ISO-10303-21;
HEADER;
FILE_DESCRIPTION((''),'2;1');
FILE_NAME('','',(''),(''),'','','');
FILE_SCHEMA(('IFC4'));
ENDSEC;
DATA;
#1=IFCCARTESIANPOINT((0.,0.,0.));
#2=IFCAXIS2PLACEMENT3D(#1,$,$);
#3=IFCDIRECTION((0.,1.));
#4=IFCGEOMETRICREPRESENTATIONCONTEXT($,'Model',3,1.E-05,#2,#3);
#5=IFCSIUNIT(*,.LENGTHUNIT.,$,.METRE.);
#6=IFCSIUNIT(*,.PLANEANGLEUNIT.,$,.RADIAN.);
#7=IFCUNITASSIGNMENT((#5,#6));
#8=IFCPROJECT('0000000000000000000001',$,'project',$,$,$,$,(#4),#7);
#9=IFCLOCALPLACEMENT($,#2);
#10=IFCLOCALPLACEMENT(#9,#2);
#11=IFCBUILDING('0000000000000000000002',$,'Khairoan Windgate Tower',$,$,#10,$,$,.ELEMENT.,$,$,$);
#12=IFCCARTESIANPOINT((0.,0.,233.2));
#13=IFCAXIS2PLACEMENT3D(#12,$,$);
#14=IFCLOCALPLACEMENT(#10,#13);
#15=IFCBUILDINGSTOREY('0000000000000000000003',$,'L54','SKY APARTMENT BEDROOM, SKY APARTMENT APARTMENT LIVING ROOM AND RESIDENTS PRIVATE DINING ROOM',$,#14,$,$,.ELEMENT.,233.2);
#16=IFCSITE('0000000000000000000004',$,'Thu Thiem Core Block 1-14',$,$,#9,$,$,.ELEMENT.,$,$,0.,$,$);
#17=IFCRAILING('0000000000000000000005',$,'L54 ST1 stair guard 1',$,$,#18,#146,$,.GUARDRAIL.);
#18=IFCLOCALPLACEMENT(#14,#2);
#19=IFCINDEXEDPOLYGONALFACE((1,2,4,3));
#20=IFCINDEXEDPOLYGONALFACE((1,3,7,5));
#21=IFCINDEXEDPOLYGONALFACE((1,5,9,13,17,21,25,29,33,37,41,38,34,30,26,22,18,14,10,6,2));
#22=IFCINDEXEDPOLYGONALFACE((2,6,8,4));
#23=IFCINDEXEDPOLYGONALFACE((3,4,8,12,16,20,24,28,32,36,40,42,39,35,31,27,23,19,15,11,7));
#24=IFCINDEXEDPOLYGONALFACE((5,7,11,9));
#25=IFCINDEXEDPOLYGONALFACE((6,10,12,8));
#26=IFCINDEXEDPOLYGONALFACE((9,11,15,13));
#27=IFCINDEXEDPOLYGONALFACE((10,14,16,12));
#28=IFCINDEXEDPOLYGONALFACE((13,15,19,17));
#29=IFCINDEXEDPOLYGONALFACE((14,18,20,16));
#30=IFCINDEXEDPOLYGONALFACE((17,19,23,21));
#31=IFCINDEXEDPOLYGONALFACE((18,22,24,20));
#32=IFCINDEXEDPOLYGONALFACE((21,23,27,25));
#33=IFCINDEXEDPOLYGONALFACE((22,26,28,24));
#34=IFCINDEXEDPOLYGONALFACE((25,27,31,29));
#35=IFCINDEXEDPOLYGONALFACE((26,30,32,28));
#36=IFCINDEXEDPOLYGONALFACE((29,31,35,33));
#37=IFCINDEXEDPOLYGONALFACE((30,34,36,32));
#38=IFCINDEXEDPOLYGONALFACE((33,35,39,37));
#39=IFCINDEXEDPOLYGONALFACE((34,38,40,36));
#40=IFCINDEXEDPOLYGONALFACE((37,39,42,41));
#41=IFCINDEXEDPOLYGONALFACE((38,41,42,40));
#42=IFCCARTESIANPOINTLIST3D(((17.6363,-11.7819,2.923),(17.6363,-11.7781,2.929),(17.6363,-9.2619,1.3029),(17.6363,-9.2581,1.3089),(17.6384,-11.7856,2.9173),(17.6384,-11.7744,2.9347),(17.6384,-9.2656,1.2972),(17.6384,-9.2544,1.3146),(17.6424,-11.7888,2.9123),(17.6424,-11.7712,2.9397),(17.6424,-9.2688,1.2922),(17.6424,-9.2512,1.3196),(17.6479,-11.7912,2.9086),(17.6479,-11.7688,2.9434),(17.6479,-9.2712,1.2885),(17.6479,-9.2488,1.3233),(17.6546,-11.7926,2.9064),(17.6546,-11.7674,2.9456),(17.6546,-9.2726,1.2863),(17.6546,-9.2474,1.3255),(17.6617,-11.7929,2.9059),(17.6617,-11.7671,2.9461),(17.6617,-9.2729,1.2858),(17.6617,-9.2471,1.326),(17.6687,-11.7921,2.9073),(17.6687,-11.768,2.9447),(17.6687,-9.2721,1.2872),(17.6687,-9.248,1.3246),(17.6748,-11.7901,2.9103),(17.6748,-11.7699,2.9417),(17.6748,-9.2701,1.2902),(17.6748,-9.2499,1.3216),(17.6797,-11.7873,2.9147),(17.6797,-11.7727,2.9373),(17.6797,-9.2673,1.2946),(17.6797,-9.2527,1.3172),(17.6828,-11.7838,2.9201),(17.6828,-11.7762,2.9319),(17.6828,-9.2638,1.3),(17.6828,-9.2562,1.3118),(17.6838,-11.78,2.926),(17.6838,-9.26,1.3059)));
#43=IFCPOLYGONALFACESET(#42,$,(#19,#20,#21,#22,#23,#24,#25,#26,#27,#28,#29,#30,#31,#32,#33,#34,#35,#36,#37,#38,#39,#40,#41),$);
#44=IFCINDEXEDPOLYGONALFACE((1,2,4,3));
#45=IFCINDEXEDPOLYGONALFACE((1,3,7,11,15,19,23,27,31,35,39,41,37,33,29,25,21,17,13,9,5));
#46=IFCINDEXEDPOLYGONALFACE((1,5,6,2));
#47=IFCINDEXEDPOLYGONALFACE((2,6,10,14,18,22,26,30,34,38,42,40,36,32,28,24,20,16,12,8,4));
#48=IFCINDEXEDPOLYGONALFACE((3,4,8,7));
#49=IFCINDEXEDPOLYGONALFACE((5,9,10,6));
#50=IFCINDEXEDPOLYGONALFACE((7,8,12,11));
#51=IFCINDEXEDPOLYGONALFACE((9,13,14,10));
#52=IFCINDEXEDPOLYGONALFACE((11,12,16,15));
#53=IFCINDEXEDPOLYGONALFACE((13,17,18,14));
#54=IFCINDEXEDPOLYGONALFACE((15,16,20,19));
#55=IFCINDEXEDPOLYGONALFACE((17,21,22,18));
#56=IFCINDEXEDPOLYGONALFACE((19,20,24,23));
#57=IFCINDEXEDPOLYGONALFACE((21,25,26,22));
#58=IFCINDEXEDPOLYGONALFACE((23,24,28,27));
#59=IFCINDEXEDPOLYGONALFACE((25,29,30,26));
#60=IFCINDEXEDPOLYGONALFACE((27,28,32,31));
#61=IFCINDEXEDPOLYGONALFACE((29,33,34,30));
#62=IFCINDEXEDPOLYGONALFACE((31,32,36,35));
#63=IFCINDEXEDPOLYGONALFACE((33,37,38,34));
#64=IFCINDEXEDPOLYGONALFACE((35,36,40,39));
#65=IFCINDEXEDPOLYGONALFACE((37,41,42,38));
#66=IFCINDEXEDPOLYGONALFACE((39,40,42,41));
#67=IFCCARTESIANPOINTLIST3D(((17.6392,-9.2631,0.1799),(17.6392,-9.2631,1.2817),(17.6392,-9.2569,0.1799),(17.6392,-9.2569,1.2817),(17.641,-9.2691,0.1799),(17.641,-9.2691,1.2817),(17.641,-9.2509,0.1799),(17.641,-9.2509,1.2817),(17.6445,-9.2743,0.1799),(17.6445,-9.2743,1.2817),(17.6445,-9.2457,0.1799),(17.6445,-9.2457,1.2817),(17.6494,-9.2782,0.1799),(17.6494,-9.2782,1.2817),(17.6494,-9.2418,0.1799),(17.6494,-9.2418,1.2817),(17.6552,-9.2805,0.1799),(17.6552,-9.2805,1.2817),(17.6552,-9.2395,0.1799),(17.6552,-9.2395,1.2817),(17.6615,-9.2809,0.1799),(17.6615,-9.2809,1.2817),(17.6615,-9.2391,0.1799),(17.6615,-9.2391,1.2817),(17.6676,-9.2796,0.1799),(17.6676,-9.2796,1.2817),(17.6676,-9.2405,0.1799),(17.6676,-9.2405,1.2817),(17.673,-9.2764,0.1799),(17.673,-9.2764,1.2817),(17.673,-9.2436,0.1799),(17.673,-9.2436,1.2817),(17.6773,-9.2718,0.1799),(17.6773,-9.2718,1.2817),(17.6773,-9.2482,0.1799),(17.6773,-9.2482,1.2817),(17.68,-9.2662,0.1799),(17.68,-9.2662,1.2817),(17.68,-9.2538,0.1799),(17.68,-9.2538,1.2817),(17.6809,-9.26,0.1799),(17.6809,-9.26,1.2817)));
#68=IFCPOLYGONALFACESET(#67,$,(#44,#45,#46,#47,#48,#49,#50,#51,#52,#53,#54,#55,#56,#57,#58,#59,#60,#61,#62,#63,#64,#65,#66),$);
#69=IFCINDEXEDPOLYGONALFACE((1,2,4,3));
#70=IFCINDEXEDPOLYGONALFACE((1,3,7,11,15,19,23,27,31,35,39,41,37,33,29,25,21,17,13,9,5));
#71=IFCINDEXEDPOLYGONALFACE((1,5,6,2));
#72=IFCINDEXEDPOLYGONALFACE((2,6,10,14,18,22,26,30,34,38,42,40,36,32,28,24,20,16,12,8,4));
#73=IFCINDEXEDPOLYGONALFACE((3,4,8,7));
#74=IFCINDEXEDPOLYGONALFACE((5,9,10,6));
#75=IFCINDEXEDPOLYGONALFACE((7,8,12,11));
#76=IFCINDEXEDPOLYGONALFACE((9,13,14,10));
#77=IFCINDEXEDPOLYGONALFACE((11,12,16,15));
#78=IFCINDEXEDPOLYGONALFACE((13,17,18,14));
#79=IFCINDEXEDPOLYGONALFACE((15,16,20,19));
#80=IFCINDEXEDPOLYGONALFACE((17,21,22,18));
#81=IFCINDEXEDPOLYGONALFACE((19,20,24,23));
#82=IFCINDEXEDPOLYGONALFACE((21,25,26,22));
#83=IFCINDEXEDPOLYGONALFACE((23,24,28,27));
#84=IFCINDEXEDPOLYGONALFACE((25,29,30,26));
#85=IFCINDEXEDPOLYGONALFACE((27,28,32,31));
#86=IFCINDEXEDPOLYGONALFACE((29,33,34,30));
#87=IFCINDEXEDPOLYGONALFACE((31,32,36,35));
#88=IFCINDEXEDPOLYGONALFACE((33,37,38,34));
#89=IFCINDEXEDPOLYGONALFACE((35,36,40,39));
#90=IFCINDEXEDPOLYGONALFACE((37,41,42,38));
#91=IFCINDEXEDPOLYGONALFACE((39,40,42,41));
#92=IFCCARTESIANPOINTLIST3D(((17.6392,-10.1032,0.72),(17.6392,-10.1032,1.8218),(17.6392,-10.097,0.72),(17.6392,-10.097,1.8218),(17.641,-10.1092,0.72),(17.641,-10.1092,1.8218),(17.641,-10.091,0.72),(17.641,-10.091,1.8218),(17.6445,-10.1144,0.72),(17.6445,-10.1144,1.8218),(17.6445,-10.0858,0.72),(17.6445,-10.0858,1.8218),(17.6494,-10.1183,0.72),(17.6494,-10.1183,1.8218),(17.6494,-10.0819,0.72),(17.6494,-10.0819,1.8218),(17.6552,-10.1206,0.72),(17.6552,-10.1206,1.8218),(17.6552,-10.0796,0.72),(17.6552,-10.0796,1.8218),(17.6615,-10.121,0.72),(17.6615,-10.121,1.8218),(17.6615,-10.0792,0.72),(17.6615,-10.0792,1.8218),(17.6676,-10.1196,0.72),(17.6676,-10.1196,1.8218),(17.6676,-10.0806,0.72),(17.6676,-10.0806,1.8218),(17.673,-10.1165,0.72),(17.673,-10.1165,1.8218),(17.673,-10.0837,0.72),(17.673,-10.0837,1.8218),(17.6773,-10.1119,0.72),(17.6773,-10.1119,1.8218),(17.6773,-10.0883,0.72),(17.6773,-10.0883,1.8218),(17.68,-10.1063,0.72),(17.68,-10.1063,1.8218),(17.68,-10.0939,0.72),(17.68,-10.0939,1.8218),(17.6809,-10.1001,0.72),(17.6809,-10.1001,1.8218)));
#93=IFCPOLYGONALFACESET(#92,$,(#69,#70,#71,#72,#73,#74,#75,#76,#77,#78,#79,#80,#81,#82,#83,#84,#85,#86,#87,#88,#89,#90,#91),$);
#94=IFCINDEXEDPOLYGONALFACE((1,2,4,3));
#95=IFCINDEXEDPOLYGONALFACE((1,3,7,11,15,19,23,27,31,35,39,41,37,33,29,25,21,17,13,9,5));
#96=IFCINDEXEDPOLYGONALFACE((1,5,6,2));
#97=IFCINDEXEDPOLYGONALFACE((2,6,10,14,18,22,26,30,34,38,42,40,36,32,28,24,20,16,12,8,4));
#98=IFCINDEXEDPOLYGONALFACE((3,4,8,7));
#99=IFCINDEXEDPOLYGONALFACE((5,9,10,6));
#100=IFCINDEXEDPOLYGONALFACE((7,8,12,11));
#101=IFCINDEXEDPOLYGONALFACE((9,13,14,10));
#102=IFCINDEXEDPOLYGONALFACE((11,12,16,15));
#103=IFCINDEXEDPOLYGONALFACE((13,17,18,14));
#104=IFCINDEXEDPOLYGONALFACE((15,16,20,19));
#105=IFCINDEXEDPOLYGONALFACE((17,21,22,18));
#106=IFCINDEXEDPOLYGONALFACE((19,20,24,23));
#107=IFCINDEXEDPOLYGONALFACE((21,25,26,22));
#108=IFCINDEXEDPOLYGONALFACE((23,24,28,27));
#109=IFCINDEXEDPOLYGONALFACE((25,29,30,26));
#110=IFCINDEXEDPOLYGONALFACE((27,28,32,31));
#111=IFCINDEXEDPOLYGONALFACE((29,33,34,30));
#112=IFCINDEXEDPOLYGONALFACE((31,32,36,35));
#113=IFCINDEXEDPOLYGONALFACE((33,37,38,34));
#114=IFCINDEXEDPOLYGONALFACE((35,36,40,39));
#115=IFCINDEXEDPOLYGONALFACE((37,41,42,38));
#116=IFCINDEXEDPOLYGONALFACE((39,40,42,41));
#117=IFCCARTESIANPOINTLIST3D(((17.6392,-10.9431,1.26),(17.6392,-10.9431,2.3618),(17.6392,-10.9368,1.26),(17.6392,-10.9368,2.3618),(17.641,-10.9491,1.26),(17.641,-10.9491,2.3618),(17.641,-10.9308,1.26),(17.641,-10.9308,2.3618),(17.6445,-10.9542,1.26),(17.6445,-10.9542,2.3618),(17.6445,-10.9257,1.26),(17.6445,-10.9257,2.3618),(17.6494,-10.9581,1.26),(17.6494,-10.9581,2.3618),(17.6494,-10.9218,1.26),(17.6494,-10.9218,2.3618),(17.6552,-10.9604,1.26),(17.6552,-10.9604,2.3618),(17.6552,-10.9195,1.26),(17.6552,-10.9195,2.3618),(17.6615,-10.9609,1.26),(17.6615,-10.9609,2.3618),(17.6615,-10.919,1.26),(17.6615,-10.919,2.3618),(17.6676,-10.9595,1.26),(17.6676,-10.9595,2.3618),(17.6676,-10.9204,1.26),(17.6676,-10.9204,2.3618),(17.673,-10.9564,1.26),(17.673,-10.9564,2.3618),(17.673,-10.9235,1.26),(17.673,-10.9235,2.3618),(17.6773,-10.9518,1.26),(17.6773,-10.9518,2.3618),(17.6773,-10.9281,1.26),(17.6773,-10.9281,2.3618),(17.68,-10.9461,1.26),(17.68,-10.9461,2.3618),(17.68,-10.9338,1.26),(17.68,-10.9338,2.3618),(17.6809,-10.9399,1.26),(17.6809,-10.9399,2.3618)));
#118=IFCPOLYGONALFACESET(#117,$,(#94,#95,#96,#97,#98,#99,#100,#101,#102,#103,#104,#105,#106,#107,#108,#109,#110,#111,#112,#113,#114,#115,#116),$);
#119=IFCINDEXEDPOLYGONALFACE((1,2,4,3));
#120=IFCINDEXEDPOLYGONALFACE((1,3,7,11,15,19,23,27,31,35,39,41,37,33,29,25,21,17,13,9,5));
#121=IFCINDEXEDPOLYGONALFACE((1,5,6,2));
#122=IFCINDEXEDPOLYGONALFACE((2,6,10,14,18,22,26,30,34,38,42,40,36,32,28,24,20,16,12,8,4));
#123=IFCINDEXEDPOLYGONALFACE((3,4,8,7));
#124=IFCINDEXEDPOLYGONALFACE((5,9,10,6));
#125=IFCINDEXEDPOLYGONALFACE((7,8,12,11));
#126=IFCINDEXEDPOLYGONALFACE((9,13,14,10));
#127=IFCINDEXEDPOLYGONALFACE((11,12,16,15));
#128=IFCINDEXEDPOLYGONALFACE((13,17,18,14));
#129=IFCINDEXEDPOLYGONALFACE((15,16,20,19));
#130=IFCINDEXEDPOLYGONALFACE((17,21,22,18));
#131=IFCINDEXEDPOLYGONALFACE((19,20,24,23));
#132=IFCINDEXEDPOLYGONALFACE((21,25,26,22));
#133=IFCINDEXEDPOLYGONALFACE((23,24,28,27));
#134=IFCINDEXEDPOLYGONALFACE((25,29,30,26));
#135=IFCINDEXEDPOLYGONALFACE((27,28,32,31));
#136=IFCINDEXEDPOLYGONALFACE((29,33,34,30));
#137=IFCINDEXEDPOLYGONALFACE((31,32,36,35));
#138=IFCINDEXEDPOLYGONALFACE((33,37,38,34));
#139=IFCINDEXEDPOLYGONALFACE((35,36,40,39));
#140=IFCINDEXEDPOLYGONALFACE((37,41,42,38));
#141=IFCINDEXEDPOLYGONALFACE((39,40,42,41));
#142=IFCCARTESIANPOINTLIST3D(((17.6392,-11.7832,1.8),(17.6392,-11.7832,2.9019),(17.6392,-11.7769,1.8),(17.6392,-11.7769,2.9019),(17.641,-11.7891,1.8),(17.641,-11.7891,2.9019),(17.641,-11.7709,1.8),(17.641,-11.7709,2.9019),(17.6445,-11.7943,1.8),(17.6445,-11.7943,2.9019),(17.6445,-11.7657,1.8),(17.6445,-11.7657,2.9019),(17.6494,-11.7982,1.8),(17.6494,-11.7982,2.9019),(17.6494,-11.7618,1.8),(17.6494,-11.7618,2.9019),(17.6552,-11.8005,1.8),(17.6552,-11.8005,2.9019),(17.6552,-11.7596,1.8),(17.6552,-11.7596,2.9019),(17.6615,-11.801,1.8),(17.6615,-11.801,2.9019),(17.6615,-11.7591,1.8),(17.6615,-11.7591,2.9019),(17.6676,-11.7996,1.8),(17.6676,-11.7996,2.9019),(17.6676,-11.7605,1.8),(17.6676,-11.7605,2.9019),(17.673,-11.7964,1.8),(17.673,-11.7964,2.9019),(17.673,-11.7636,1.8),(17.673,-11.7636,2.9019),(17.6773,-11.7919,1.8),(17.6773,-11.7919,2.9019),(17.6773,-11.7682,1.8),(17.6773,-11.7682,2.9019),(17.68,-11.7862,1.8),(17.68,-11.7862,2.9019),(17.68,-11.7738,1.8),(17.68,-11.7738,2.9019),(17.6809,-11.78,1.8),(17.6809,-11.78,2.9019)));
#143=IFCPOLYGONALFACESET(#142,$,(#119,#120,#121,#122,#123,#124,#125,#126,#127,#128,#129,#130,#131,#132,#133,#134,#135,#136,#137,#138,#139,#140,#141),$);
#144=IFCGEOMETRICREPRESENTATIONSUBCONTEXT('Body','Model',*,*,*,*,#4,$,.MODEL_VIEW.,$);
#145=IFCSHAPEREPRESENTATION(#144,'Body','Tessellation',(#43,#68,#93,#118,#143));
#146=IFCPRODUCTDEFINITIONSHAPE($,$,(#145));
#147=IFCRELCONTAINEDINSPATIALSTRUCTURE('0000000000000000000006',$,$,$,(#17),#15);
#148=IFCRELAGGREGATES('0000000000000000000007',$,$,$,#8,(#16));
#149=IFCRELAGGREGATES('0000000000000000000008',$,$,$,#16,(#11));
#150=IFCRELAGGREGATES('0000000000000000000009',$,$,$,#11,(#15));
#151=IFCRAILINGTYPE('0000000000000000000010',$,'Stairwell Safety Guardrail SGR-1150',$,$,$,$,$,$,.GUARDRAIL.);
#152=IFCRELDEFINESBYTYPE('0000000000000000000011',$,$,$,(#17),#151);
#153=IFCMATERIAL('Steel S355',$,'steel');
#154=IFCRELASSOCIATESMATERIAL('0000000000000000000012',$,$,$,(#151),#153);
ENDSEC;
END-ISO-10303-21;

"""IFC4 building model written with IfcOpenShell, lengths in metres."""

from ifc_helpers import new_model, si_unit, direction, frame, origin, origin_2d, place, context, subcontext, project, spatial, circle, extrude, material, type_object, element, save


model = new_model("IFC4")

# Units and contexts
model_context = context("Model", 3, precision=1e-05, world=origin(), true_north=direction((0.0, 1.0)))
body_context = subcontext(model_context, "Body", "Model", "MODEL_VIEW")
ifc_project = project(units=[si_unit("LENGTHUNIT", "METRE"), si_unit("PLANEANGLEUNIT", "RADIAN")], contexts=[model_context])

# Site, building, storey
site_placement = place(None, origin())
site = spatial("IfcSite", under=ifc_project, at=site_placement, Name="Thu Thiem Core Block 1-14", CompositionType="ELEMENT", RefElevation=0.0)
building_placement = place(site_placement, origin())
building = spatial("IfcBuilding", under=site, at=building_placement, Name="Khairoan Windgate Tower", CompositionType="ELEMENT")
storey_placement = place(building_placement, frame((0.0, 0.0, 233.2)))
storey = spatial("IfcBuildingStorey", under=building, at=storey_placement, Name="L54", Description="SKY APARTMENT BEDROOM, SKY APARTMENT APARTMENT LIVING ROOM AND RESIDENTS PRIVATE DINING ROOM", CompositionType="ELEMENT", Elevation=233.2)

# Railing
ifc_material_1 = material(Name="Steel S355", Category="steel")
railing_type_1 = type_object("IfcRailingType", Name="Stairwell Safety Guardrail SGR-1150", PredefinedType="GUARDRAIL", material=ifc_material_1)
railing_1_placement = place(storey_placement, frame((17.6599, -9.26, 0.1799)))
element("IfcRailing", 1, at=railing_1_placement, inside=storey, type_object=railing_type_1, Name="L54 ST1 stair guard 1", PredefinedType="GUARDRAIL", context=body_context, shape_type="SweptSolid", body=[
    extrude(circle(Radius=0.0239, at=origin_2d()), frame((0.0, 0.0, 1.126), z_axis=(0.0, -0.841163, 0.540782), x_axis=(1.0, 0.0, 0.0)), (0.0, 0.0, 1.0), 2.9958),
    extrude(circle(Radius=0.021, at=origin_2d()), origin(), (0.0, 0.0, 1.0), 1.1018),
    extrude(circle(Radius=0.021, at=origin_2d()), frame((0.0, -0.8401, 0.54)), (0.0, 0.0, 1.0), 1.1018),
    extrude(circle(Radius=0.021, at=origin_2d()), frame((0.0, -1.6799, 1.0801)), (0.0, 0.0, 1.0), 1.1018),
    extrude(circle(Radius=0.021, at=origin_2d()), frame((0.0, -2.52, 1.6201)), (0.0, 0.0, 1.0), 1.1018),
])

save(model, "model.ifc")
